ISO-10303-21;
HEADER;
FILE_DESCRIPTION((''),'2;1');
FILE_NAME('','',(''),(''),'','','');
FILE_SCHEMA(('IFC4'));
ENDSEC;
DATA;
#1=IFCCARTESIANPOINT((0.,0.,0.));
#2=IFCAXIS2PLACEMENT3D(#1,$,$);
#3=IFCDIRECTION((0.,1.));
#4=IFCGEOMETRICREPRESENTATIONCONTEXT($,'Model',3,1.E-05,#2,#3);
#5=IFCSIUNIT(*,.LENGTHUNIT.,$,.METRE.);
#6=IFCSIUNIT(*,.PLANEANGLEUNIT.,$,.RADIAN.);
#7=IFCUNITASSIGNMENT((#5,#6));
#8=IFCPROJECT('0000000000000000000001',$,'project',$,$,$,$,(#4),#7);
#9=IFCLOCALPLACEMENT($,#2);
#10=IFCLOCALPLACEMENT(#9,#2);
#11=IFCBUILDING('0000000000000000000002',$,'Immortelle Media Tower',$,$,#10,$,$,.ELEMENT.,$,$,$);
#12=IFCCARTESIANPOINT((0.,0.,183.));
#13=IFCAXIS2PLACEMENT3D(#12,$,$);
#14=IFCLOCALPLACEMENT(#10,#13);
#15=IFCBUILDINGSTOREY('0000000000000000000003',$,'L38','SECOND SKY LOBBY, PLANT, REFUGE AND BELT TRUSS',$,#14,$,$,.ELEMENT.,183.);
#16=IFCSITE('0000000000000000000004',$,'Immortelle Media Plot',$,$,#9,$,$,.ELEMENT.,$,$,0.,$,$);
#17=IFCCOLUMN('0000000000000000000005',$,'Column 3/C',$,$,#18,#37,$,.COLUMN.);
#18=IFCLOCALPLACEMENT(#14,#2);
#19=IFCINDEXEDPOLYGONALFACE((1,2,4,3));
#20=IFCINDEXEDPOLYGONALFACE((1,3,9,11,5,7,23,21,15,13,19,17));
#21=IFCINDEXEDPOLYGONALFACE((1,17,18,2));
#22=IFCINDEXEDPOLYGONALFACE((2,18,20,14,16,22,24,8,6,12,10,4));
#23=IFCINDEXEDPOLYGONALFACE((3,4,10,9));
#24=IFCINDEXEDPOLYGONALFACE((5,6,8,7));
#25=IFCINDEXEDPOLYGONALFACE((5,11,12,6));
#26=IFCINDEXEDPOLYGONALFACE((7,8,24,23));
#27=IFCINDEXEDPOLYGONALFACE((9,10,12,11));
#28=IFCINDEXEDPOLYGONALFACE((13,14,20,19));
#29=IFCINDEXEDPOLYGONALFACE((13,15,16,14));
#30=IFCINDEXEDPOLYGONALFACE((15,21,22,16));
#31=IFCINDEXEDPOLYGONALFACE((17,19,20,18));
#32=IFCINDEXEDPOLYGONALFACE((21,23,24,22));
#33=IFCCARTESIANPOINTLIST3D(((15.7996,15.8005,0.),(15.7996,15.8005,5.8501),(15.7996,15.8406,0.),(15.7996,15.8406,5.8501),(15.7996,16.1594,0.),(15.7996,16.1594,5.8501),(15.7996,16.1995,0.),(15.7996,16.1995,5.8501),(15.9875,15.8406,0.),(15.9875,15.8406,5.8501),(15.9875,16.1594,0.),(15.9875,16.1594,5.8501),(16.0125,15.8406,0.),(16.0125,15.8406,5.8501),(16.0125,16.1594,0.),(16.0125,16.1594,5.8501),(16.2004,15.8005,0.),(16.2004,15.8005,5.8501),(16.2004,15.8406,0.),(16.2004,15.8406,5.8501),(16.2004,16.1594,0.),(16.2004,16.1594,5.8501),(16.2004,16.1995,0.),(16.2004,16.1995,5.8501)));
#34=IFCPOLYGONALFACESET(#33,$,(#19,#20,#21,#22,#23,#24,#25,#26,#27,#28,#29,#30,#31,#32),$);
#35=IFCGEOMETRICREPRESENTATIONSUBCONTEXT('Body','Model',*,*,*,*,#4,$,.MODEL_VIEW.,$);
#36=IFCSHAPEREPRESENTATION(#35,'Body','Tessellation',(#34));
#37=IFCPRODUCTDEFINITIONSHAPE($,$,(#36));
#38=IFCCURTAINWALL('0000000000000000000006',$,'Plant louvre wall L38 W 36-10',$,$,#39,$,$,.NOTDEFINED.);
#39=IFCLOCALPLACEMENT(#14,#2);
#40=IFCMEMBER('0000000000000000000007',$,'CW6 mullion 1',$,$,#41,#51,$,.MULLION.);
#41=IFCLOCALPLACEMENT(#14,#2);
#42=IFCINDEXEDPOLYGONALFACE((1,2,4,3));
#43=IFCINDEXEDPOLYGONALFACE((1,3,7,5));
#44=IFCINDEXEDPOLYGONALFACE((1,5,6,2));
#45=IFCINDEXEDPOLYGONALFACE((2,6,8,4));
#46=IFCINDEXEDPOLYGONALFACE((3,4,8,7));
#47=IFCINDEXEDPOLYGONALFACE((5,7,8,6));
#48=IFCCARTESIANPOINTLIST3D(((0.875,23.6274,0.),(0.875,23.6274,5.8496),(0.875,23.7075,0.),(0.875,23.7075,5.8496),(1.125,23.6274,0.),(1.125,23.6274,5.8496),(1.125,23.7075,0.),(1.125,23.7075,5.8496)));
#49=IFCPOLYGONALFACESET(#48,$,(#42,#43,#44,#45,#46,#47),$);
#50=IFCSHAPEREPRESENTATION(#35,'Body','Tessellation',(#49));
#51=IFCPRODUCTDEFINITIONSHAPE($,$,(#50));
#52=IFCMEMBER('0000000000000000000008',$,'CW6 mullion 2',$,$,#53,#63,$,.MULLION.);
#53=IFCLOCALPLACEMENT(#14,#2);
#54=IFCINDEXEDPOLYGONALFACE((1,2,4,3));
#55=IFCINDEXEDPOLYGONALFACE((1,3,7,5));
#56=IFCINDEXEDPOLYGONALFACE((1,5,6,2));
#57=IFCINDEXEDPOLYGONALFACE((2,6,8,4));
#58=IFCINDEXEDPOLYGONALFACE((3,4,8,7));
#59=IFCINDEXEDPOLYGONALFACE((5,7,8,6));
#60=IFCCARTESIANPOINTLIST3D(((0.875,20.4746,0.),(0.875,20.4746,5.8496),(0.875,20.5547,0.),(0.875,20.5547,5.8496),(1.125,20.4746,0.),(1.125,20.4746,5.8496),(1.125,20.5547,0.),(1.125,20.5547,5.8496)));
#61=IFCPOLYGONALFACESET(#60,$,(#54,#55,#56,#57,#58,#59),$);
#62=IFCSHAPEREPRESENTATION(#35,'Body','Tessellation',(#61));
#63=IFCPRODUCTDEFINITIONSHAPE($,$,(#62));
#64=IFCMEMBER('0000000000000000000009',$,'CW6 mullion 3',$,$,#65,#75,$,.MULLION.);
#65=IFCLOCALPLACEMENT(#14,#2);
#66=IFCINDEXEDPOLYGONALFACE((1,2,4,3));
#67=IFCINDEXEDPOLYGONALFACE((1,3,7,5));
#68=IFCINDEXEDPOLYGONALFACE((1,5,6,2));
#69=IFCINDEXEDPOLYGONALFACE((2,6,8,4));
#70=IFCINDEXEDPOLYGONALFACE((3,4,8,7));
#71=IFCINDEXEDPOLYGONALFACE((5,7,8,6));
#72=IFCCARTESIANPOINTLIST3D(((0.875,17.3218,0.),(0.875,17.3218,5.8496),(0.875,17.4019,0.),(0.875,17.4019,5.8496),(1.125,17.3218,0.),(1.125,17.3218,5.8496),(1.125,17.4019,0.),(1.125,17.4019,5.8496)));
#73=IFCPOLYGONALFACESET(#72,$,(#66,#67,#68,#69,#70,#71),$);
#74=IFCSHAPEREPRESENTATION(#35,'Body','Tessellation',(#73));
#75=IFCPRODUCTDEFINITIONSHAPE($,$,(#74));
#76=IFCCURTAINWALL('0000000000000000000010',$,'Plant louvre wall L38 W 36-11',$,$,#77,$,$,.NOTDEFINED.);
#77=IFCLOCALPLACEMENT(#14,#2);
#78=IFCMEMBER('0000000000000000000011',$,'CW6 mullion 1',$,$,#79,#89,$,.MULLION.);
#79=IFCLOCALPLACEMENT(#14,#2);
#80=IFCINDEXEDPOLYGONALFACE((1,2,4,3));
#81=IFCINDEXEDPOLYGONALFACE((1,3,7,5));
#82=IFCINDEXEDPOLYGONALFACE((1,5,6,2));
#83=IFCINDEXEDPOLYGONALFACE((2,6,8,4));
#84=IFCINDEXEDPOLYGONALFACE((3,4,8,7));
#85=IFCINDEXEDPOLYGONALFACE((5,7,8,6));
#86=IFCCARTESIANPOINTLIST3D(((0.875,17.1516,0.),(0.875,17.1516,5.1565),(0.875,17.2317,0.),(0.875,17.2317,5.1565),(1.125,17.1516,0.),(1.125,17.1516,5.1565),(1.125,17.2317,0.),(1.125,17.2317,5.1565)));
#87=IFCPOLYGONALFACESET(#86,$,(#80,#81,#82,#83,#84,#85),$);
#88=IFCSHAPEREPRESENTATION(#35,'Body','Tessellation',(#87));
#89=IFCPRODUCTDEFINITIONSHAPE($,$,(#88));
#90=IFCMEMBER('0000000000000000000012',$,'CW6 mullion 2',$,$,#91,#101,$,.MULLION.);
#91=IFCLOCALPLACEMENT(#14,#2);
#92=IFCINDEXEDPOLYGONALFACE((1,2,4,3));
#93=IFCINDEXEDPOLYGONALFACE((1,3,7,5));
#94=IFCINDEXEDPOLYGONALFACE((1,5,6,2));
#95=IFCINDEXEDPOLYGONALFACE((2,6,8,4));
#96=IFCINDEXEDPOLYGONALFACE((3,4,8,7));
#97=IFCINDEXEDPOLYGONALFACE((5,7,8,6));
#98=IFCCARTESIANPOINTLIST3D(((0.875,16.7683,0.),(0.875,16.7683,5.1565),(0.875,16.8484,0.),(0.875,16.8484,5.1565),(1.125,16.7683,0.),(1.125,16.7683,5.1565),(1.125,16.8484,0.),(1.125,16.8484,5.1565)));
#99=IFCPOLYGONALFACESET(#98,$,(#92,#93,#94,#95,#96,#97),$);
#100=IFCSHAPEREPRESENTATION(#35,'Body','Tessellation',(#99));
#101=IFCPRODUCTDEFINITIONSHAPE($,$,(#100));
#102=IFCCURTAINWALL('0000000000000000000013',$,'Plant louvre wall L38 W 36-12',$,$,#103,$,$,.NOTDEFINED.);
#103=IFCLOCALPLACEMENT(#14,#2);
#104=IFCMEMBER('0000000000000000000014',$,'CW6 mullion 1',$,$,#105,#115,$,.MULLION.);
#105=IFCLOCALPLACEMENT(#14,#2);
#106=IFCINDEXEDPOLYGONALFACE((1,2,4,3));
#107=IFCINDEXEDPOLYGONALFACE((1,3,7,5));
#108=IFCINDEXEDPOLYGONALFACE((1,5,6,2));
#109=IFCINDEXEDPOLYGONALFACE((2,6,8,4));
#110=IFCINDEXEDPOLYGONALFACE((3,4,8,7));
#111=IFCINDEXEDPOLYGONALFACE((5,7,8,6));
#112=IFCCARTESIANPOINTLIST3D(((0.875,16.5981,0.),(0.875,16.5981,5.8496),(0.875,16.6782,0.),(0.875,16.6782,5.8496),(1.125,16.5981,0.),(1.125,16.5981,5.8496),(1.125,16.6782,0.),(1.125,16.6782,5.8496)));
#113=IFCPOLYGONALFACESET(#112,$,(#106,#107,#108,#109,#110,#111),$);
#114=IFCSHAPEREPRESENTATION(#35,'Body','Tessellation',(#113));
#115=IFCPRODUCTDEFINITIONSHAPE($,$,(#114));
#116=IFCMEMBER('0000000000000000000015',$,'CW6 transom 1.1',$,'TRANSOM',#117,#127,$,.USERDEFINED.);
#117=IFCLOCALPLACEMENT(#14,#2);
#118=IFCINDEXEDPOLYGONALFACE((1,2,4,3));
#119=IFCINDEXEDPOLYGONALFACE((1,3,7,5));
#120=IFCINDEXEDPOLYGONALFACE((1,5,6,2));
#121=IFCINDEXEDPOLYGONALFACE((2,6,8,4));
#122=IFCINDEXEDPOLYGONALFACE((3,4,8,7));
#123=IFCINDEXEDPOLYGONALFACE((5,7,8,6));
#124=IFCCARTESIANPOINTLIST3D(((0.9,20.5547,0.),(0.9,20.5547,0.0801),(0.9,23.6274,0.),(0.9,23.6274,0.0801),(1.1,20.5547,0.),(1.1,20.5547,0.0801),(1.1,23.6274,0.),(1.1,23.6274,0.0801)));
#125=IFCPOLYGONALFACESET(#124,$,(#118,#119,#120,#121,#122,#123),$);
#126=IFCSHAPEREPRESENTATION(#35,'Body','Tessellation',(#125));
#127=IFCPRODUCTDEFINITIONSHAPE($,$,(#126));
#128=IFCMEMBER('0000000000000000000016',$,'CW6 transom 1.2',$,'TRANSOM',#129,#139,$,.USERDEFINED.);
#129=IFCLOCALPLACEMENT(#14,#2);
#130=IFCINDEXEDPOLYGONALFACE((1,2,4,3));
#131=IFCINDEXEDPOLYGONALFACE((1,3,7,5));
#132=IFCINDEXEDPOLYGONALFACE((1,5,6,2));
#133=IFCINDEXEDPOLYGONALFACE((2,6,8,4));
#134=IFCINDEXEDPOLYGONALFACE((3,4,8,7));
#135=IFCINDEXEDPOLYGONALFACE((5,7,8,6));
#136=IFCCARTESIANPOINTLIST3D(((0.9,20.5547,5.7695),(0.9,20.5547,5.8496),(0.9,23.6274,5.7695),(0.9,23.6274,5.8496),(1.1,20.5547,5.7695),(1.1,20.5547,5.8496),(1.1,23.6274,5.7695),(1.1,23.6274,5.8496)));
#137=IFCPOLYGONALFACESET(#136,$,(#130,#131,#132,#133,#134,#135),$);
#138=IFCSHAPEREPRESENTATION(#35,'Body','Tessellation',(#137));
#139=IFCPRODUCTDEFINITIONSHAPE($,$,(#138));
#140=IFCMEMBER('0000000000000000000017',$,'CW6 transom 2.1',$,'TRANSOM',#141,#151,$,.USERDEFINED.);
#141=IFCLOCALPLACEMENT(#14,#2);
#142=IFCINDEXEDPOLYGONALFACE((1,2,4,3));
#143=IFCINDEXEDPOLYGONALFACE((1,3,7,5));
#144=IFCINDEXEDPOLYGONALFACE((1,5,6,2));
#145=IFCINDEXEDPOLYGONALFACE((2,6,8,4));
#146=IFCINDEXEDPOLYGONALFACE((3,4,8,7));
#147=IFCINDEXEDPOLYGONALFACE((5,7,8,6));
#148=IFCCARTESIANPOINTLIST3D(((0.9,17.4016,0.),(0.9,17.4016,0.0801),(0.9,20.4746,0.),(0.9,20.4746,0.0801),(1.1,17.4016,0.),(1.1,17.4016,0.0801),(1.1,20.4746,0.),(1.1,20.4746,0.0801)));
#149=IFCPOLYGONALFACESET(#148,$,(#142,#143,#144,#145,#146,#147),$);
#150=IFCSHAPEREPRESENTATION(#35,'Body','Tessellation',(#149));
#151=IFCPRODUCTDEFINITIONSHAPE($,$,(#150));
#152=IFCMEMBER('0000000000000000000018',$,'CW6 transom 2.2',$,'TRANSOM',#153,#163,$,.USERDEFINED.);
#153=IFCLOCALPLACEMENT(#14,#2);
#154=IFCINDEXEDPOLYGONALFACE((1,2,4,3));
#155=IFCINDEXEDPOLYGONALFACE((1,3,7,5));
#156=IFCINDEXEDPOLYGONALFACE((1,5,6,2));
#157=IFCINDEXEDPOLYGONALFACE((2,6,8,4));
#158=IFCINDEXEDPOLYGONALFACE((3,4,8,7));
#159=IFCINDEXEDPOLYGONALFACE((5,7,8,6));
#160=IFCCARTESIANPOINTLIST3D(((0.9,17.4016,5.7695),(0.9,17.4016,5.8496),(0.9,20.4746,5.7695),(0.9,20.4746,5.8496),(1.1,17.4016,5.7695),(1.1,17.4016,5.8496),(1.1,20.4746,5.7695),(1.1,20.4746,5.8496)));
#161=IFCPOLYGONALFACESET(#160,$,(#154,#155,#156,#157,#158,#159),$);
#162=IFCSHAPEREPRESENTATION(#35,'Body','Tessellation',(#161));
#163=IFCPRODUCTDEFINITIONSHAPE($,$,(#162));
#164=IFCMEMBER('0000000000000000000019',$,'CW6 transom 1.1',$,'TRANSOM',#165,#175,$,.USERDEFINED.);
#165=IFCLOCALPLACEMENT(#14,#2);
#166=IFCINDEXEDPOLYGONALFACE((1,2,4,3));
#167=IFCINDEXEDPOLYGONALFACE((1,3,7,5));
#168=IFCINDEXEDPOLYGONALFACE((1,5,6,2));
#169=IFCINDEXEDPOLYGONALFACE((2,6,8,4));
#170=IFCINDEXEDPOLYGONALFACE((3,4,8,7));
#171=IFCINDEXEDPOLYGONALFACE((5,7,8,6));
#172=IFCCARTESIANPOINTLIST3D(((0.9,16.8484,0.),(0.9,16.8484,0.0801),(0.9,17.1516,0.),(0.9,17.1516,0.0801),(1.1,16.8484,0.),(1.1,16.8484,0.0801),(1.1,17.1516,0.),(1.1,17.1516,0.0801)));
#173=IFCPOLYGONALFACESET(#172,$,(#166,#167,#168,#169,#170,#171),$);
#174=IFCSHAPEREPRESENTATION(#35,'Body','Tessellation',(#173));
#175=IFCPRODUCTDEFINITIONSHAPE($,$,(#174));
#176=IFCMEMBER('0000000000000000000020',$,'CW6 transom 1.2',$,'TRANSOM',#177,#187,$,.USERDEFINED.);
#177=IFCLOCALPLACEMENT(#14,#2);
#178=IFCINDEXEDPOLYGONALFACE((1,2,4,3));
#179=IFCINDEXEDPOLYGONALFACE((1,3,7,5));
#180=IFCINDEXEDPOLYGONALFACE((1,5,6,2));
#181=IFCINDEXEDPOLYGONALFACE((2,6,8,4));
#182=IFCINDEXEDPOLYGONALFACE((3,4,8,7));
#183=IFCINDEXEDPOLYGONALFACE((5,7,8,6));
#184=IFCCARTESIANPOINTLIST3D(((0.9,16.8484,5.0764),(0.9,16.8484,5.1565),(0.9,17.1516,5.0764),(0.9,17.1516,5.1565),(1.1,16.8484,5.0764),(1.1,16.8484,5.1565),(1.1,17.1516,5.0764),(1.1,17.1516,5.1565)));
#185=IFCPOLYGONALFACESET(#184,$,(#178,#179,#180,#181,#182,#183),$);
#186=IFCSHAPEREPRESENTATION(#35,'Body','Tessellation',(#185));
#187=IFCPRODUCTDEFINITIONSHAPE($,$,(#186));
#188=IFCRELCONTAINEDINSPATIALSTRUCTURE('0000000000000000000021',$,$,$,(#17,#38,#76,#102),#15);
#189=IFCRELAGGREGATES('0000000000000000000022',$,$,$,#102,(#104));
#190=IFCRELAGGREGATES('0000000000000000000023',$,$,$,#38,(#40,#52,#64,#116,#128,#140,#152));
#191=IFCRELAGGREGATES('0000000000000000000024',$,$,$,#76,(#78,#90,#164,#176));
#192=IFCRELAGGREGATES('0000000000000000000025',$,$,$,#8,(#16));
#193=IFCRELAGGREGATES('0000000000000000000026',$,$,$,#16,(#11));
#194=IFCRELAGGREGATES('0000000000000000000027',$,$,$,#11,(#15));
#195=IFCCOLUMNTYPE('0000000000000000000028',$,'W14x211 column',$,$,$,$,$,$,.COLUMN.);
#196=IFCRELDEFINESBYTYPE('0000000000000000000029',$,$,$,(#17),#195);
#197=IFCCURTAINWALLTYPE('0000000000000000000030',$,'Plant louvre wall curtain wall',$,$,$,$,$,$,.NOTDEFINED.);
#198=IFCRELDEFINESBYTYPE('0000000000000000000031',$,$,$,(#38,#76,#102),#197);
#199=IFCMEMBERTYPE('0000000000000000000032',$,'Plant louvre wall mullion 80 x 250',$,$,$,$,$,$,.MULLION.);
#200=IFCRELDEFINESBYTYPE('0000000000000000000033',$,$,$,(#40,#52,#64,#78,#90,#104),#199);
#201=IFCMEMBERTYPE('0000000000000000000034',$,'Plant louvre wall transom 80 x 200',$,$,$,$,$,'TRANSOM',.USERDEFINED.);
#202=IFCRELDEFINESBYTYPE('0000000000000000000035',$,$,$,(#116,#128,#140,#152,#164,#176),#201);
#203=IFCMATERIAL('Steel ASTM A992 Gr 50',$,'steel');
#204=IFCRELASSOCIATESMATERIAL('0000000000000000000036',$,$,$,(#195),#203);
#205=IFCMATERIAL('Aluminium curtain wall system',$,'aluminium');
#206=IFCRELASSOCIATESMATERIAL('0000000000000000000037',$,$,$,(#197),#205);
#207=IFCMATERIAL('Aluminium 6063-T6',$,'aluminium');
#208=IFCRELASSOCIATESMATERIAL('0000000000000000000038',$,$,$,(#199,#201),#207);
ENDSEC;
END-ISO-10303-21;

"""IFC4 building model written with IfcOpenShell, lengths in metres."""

from ifc_helpers import new_model, si_unit, direction, frame, origin, origin_2d, place, context, subcontext, project, spatial, rectangle, i_section, extrude, material, material_profile, profile_set, type_object, element, aggregate, save


model = new_model("IFC4")

# Units and contexts
model_context = context("Model", 3, precision=1e-05, world=origin(), true_north=direction((0.0, 1.0)))
body_context = subcontext(model_context, "Body", "Model", "MODEL_VIEW")
ifc_project = project(units=[si_unit("LENGTHUNIT", "METRE"), si_unit("PLANEANGLEUNIT", "RADIAN")], contexts=[model_context])

# Site, building, storey
site_placement = place(None, origin())
site = spatial("IfcSite", under=ifc_project, at=site_placement, Name="Immortelle Media Plot", CompositionType="ELEMENT", RefElevation=0.0)
building_placement = place(site_placement, origin())
building = spatial("IfcBuilding", under=site, at=building_placement, Name="Immortelle Media Tower", CompositionType="ELEMENT")
storey_placement = place(building_placement, frame((0.0, 0.0, 183.0)))
storey = spatial("IfcBuildingStorey", under=building, at=storey_placement, Name="L38", Description="SECOND SKY LOBBY, PLANT, REFUGE AND BELT TRUSS", CompositionType="ELEMENT", Elevation=183.0)

# Column
ifc_material_1 = material(Name="Steel ASTM A992 Gr 50", Category="steel")
ifc_material_profile_1 = material_profile(ifc_material_1, i_section(OverallWidth=0.4009, OverallDepth=0.3989, WebThickness=0.0249, FlangeThickness=0.04, at=origin_2d()), Name="W14x211")
ifc_profile_set_1 = profile_set([ifc_material_profile_1], Name="Steel ASTM A992 Gr 50")
column_type = type_object("IfcColumnType", Name="W14x211 column", PredefinedType="COLUMN", material=ifc_profile_set_1)
column_placement = place(storey_placement, frame((16.0, 16.0, 0.0), z_axis=(0.0, 0.0, 1.0), x_axis=(1.0, 0.0, 0.0)))
element("IfcColumn", 1, at=column_placement, inside=storey, type_object=column_type, Name="Column 3/C", PredefinedType="COLUMN", context=body_context, shape_type="SweptSolid", body=[
    extrude(i_section(OverallWidth=0.4009, OverallDepth=0.3989, WebThickness=0.0249, FlangeThickness=0.04, at=origin_2d()), origin(), (0.0, 0.0, 1.0), 5.8501),
])

# Curtain walls, members
ifc_material_2 = material(Name="Aluminium curtain wall system", Category="aluminium")
curtain_wall_type = type_object("IfcCurtainWallType", Name="Plant louvre wall curtain wall", PredefinedType="NOTDEFINED", material=ifc_material_2)
curtain_wall_1_placement = place(storey_placement, origin())
curtain_wall_1 = element("IfcCurtainWall", 2, at=curtain_wall_1_placement, inside=storey, type_object=curtain_wall_type, Name="Plant louvre wall L38 W 36-10", PredefinedType="NOTDEFINED")
ifc_material_3 = material(Name="Aluminium 6063-T6", Category="aluminium")
ifc_material_profile_2 = material_profile(ifc_material_3, rectangle(XDim=0.25, YDim=0.0801, at=origin_2d()), Name="AL 80x250")
ifc_profile_set_2 = profile_set([ifc_material_profile_2], Name="Aluminium 6063-T6")
member_type_1 = type_object("IfcMemberType", Name="Plant louvre wall mullion 80 x 250", PredefinedType="MULLION", material=ifc_profile_set_2)
member_1_placement = place(storey_placement, frame((1.0, 23.6675, 0.0), z_axis=(0.0, 0.0, 1.0), x_axis=(1.0, 0.0, 0.0)))
member_1 = element("IfcMember", 3, at=member_1_placement, type_object=member_type_1, Name="CW6 mullion 1", PredefinedType="MULLION", context=body_context, shape_type="SweptSolid", body=[
    extrude(rectangle(XDim=0.25, YDim=0.0801, at=origin_2d()), origin(), (0.0, 0.0, 1.0), 5.8496),
])
member_2_placement = place(storey_placement, frame((1.0, 20.5146, 0.0), z_axis=(0.0, 0.0, 1.0), x_axis=(1.0, 0.0, 0.0)))
member_2 = element("IfcMember", 4, at=member_2_placement, type_object=member_type_1, Name="CW6 mullion 2", PredefinedType="MULLION", context=body_context, shape_type="SweptSolid", body=[
    extrude(rectangle(XDim=0.25, YDim=0.0801, at=origin_2d()), origin(), (0.0, 0.0, 1.0), 5.8496),
])
member_3_placement = place(storey_placement, frame((1.0, 17.3618, 0.0), z_axis=(0.0, 0.0, 1.0), x_axis=(1.0, 0.0, 0.0)))
member_3 = element("IfcMember", 5, at=member_3_placement, type_object=member_type_1, Name="CW6 mullion 3", PredefinedType="MULLION", context=body_context, shape_type="SweptSolid", body=[
    extrude(rectangle(XDim=0.25, YDim=0.0801, at=origin_2d()), origin(), (0.0, 0.0, 1.0), 5.8496),
])
curtain_wall_2_placement = place(storey_placement, origin())
curtain_wall_2 = element("IfcCurtainWall", 6, at=curtain_wall_2_placement, inside=storey, type_object=curtain_wall_type, Name="Plant louvre wall L38 W 36-11", PredefinedType="NOTDEFINED")
member_4_placement = place(storey_placement, frame((1.0, 17.1917, 0.0), z_axis=(0.0, 0.0, 1.0), x_axis=(1.0, 0.0, 0.0)))
member_4 = element("IfcMember", 7, at=member_4_placement, type_object=member_type_1, Name="CW6 mullion 1", PredefinedType="MULLION", context=body_context, shape_type="SweptSolid", body=[
    extrude(rectangle(XDim=0.25, YDim=0.0801, at=origin_2d()), origin(), (0.0, 0.0, 1.0), 5.1565),
])
member_5_placement = place(storey_placement, frame((1.0, 16.8083, 0.0), z_axis=(0.0, 0.0, 1.0), x_axis=(1.0, 0.0, 0.0)))
member_5 = element("IfcMember", 8, at=member_5_placement, type_object=member_type_1, Name="CW6 mullion 2", PredefinedType="MULLION", context=body_context, shape_type="SweptSolid", body=[
    extrude(rectangle(XDim=0.25, YDim=0.0801, at=origin_2d()), origin(), (0.0, 0.0, 1.0), 5.1565),
])

# Curtain wall, member
curtain_wall_3_placement = place(storey_placement, origin())
curtain_wall_3 = element("IfcCurtainWall", 9, at=curtain_wall_3_placement, inside=storey, type_object=curtain_wall_type, Name="Plant louvre wall L38 W 36-12", PredefinedType="NOTDEFINED")
member_6_placement = place(storey_placement, frame((1.0, 16.6382, 0.0), z_axis=(0.0, 0.0, 1.0), x_axis=(1.0, 0.0, 0.0)))
member_6 = element("IfcMember", 10, at=member_6_placement, type_object=member_type_1, Name="CW6 mullion 1", PredefinedType="MULLION", context=body_context, shape_type="SweptSolid", body=[
    extrude(rectangle(XDim=0.25, YDim=0.0801, at=origin_2d()), origin(), (0.0, 0.0, 1.0), 5.8496),
])
aggregate(curtain_wall_3, [member_6])

# Members
ifc_material_profile_3 = material_profile(ifc_material_3, rectangle(XDim=0.2, YDim=0.0801, at=origin_2d()), Name="AL 80x200")
ifc_profile_set_3 = profile_set([ifc_material_profile_3], Name="Aluminium 6063-T6")
member_type_2 = type_object("IfcMemberType", Name="Plant louvre wall transom 80 x 200", ElementType="TRANSOM", PredefinedType="USERDEFINED", material=ifc_profile_set_3)
member_7_placement = place(storey_placement, frame((1.0, 23.6274, 0.04), z_axis=(0.0, -1.0, 0.0), x_axis=(1.0, 0.0, 0.0)))
member_7 = element("IfcMember", 11, at=member_7_placement, type_object=member_type_2, Name="CW6 transom 1.1", ObjectType="TRANSOM", PredefinedType="USERDEFINED", context=body_context, shape_type="SweptSolid", body=[
    extrude(rectangle(XDim=0.2, YDim=0.0801, at=origin_2d()), origin(), (0.0, 0.0, 1.0), 3.0728),
])
member_8_placement = place(storey_placement, frame((1.0, 23.6274, 5.8096), z_axis=(0.0, -1.0, 0.0), x_axis=(1.0, 0.0, 0.0)))
member_8 = element("IfcMember", 12, at=member_8_placement, type_object=member_type_2, Name="CW6 transom 1.2", ObjectType="TRANSOM", PredefinedType="USERDEFINED", context=body_context, shape_type="SweptSolid", body=[
    extrude(rectangle(XDim=0.2, YDim=0.0801, at=origin_2d()), origin(), (0.0, 0.0, 1.0), 3.0728),
])
member_9_placement = place(storey_placement, frame((1.0, 20.4746, 0.04), z_axis=(0.0, -1.0, 0.0), x_axis=(1.0, 0.0, 0.0)))
member_9 = element("IfcMember", 13, at=member_9_placement, type_object=member_type_2, Name="CW6 transom 2.1", ObjectType="TRANSOM", PredefinedType="USERDEFINED", context=body_context, shape_type="SweptSolid", body=[
    extrude(rectangle(XDim=0.2, YDim=0.0801, at=origin_2d()), origin(), (0.0, 0.0, 1.0), 3.073),
])
member_10_placement = place(storey_placement, frame((1.0, 20.4746, 5.8096), z_axis=(0.0, -1.0, 0.0), x_axis=(1.0, 0.0, 0.0)))
member_10 = element("IfcMember", 14, at=member_10_placement, type_object=member_type_2, Name="CW6 transom 2.2", ObjectType="TRANSOM", PredefinedType="USERDEFINED", context=body_context, shape_type="SweptSolid", body=[
    extrude(rectangle(XDim=0.2, YDim=0.0801, at=origin_2d()), origin(), (0.0, 0.0, 1.0), 3.073),
])
member_11_placement = place(storey_placement, frame((1.0, 17.1516, 0.04), z_axis=(0.0, -1.0, 0.0), x_axis=(1.0, 0.0, 0.0)))
member_11 = element("IfcMember", 15, at=member_11_placement, type_object=member_type_2, Name="CW6 transom 1.1", ObjectType="TRANSOM", PredefinedType="USERDEFINED", context=body_context, shape_type="SweptSolid", body=[
    extrude(rectangle(XDim=0.2, YDim=0.0801, at=origin_2d()), origin(), (0.0, 0.0, 1.0), 0.3032),
])
member_12_placement = place(storey_placement, frame((1.0, 17.1516, 5.1165), z_axis=(0.0, -1.0, 0.0), x_axis=(1.0, 0.0, 0.0)))
member_12 = element("IfcMember", 16, at=member_12_placement, type_object=member_type_2, Name="CW6 transom 1.2", ObjectType="TRANSOM", PredefinedType="USERDEFINED", context=body_context, shape_type="SweptSolid", body=[
    extrude(rectangle(XDim=0.2, YDim=0.0801, at=origin_2d()), origin(), (0.0, 0.0, 1.0), 0.3032),
])

aggregate(curtain_wall_1, [member_1, member_2, member_3, member_7, member_8, member_9, member_10])
aggregate(curtain_wall_2, [member_4, member_5, member_11, member_12])

save(model, "model.ifc")
